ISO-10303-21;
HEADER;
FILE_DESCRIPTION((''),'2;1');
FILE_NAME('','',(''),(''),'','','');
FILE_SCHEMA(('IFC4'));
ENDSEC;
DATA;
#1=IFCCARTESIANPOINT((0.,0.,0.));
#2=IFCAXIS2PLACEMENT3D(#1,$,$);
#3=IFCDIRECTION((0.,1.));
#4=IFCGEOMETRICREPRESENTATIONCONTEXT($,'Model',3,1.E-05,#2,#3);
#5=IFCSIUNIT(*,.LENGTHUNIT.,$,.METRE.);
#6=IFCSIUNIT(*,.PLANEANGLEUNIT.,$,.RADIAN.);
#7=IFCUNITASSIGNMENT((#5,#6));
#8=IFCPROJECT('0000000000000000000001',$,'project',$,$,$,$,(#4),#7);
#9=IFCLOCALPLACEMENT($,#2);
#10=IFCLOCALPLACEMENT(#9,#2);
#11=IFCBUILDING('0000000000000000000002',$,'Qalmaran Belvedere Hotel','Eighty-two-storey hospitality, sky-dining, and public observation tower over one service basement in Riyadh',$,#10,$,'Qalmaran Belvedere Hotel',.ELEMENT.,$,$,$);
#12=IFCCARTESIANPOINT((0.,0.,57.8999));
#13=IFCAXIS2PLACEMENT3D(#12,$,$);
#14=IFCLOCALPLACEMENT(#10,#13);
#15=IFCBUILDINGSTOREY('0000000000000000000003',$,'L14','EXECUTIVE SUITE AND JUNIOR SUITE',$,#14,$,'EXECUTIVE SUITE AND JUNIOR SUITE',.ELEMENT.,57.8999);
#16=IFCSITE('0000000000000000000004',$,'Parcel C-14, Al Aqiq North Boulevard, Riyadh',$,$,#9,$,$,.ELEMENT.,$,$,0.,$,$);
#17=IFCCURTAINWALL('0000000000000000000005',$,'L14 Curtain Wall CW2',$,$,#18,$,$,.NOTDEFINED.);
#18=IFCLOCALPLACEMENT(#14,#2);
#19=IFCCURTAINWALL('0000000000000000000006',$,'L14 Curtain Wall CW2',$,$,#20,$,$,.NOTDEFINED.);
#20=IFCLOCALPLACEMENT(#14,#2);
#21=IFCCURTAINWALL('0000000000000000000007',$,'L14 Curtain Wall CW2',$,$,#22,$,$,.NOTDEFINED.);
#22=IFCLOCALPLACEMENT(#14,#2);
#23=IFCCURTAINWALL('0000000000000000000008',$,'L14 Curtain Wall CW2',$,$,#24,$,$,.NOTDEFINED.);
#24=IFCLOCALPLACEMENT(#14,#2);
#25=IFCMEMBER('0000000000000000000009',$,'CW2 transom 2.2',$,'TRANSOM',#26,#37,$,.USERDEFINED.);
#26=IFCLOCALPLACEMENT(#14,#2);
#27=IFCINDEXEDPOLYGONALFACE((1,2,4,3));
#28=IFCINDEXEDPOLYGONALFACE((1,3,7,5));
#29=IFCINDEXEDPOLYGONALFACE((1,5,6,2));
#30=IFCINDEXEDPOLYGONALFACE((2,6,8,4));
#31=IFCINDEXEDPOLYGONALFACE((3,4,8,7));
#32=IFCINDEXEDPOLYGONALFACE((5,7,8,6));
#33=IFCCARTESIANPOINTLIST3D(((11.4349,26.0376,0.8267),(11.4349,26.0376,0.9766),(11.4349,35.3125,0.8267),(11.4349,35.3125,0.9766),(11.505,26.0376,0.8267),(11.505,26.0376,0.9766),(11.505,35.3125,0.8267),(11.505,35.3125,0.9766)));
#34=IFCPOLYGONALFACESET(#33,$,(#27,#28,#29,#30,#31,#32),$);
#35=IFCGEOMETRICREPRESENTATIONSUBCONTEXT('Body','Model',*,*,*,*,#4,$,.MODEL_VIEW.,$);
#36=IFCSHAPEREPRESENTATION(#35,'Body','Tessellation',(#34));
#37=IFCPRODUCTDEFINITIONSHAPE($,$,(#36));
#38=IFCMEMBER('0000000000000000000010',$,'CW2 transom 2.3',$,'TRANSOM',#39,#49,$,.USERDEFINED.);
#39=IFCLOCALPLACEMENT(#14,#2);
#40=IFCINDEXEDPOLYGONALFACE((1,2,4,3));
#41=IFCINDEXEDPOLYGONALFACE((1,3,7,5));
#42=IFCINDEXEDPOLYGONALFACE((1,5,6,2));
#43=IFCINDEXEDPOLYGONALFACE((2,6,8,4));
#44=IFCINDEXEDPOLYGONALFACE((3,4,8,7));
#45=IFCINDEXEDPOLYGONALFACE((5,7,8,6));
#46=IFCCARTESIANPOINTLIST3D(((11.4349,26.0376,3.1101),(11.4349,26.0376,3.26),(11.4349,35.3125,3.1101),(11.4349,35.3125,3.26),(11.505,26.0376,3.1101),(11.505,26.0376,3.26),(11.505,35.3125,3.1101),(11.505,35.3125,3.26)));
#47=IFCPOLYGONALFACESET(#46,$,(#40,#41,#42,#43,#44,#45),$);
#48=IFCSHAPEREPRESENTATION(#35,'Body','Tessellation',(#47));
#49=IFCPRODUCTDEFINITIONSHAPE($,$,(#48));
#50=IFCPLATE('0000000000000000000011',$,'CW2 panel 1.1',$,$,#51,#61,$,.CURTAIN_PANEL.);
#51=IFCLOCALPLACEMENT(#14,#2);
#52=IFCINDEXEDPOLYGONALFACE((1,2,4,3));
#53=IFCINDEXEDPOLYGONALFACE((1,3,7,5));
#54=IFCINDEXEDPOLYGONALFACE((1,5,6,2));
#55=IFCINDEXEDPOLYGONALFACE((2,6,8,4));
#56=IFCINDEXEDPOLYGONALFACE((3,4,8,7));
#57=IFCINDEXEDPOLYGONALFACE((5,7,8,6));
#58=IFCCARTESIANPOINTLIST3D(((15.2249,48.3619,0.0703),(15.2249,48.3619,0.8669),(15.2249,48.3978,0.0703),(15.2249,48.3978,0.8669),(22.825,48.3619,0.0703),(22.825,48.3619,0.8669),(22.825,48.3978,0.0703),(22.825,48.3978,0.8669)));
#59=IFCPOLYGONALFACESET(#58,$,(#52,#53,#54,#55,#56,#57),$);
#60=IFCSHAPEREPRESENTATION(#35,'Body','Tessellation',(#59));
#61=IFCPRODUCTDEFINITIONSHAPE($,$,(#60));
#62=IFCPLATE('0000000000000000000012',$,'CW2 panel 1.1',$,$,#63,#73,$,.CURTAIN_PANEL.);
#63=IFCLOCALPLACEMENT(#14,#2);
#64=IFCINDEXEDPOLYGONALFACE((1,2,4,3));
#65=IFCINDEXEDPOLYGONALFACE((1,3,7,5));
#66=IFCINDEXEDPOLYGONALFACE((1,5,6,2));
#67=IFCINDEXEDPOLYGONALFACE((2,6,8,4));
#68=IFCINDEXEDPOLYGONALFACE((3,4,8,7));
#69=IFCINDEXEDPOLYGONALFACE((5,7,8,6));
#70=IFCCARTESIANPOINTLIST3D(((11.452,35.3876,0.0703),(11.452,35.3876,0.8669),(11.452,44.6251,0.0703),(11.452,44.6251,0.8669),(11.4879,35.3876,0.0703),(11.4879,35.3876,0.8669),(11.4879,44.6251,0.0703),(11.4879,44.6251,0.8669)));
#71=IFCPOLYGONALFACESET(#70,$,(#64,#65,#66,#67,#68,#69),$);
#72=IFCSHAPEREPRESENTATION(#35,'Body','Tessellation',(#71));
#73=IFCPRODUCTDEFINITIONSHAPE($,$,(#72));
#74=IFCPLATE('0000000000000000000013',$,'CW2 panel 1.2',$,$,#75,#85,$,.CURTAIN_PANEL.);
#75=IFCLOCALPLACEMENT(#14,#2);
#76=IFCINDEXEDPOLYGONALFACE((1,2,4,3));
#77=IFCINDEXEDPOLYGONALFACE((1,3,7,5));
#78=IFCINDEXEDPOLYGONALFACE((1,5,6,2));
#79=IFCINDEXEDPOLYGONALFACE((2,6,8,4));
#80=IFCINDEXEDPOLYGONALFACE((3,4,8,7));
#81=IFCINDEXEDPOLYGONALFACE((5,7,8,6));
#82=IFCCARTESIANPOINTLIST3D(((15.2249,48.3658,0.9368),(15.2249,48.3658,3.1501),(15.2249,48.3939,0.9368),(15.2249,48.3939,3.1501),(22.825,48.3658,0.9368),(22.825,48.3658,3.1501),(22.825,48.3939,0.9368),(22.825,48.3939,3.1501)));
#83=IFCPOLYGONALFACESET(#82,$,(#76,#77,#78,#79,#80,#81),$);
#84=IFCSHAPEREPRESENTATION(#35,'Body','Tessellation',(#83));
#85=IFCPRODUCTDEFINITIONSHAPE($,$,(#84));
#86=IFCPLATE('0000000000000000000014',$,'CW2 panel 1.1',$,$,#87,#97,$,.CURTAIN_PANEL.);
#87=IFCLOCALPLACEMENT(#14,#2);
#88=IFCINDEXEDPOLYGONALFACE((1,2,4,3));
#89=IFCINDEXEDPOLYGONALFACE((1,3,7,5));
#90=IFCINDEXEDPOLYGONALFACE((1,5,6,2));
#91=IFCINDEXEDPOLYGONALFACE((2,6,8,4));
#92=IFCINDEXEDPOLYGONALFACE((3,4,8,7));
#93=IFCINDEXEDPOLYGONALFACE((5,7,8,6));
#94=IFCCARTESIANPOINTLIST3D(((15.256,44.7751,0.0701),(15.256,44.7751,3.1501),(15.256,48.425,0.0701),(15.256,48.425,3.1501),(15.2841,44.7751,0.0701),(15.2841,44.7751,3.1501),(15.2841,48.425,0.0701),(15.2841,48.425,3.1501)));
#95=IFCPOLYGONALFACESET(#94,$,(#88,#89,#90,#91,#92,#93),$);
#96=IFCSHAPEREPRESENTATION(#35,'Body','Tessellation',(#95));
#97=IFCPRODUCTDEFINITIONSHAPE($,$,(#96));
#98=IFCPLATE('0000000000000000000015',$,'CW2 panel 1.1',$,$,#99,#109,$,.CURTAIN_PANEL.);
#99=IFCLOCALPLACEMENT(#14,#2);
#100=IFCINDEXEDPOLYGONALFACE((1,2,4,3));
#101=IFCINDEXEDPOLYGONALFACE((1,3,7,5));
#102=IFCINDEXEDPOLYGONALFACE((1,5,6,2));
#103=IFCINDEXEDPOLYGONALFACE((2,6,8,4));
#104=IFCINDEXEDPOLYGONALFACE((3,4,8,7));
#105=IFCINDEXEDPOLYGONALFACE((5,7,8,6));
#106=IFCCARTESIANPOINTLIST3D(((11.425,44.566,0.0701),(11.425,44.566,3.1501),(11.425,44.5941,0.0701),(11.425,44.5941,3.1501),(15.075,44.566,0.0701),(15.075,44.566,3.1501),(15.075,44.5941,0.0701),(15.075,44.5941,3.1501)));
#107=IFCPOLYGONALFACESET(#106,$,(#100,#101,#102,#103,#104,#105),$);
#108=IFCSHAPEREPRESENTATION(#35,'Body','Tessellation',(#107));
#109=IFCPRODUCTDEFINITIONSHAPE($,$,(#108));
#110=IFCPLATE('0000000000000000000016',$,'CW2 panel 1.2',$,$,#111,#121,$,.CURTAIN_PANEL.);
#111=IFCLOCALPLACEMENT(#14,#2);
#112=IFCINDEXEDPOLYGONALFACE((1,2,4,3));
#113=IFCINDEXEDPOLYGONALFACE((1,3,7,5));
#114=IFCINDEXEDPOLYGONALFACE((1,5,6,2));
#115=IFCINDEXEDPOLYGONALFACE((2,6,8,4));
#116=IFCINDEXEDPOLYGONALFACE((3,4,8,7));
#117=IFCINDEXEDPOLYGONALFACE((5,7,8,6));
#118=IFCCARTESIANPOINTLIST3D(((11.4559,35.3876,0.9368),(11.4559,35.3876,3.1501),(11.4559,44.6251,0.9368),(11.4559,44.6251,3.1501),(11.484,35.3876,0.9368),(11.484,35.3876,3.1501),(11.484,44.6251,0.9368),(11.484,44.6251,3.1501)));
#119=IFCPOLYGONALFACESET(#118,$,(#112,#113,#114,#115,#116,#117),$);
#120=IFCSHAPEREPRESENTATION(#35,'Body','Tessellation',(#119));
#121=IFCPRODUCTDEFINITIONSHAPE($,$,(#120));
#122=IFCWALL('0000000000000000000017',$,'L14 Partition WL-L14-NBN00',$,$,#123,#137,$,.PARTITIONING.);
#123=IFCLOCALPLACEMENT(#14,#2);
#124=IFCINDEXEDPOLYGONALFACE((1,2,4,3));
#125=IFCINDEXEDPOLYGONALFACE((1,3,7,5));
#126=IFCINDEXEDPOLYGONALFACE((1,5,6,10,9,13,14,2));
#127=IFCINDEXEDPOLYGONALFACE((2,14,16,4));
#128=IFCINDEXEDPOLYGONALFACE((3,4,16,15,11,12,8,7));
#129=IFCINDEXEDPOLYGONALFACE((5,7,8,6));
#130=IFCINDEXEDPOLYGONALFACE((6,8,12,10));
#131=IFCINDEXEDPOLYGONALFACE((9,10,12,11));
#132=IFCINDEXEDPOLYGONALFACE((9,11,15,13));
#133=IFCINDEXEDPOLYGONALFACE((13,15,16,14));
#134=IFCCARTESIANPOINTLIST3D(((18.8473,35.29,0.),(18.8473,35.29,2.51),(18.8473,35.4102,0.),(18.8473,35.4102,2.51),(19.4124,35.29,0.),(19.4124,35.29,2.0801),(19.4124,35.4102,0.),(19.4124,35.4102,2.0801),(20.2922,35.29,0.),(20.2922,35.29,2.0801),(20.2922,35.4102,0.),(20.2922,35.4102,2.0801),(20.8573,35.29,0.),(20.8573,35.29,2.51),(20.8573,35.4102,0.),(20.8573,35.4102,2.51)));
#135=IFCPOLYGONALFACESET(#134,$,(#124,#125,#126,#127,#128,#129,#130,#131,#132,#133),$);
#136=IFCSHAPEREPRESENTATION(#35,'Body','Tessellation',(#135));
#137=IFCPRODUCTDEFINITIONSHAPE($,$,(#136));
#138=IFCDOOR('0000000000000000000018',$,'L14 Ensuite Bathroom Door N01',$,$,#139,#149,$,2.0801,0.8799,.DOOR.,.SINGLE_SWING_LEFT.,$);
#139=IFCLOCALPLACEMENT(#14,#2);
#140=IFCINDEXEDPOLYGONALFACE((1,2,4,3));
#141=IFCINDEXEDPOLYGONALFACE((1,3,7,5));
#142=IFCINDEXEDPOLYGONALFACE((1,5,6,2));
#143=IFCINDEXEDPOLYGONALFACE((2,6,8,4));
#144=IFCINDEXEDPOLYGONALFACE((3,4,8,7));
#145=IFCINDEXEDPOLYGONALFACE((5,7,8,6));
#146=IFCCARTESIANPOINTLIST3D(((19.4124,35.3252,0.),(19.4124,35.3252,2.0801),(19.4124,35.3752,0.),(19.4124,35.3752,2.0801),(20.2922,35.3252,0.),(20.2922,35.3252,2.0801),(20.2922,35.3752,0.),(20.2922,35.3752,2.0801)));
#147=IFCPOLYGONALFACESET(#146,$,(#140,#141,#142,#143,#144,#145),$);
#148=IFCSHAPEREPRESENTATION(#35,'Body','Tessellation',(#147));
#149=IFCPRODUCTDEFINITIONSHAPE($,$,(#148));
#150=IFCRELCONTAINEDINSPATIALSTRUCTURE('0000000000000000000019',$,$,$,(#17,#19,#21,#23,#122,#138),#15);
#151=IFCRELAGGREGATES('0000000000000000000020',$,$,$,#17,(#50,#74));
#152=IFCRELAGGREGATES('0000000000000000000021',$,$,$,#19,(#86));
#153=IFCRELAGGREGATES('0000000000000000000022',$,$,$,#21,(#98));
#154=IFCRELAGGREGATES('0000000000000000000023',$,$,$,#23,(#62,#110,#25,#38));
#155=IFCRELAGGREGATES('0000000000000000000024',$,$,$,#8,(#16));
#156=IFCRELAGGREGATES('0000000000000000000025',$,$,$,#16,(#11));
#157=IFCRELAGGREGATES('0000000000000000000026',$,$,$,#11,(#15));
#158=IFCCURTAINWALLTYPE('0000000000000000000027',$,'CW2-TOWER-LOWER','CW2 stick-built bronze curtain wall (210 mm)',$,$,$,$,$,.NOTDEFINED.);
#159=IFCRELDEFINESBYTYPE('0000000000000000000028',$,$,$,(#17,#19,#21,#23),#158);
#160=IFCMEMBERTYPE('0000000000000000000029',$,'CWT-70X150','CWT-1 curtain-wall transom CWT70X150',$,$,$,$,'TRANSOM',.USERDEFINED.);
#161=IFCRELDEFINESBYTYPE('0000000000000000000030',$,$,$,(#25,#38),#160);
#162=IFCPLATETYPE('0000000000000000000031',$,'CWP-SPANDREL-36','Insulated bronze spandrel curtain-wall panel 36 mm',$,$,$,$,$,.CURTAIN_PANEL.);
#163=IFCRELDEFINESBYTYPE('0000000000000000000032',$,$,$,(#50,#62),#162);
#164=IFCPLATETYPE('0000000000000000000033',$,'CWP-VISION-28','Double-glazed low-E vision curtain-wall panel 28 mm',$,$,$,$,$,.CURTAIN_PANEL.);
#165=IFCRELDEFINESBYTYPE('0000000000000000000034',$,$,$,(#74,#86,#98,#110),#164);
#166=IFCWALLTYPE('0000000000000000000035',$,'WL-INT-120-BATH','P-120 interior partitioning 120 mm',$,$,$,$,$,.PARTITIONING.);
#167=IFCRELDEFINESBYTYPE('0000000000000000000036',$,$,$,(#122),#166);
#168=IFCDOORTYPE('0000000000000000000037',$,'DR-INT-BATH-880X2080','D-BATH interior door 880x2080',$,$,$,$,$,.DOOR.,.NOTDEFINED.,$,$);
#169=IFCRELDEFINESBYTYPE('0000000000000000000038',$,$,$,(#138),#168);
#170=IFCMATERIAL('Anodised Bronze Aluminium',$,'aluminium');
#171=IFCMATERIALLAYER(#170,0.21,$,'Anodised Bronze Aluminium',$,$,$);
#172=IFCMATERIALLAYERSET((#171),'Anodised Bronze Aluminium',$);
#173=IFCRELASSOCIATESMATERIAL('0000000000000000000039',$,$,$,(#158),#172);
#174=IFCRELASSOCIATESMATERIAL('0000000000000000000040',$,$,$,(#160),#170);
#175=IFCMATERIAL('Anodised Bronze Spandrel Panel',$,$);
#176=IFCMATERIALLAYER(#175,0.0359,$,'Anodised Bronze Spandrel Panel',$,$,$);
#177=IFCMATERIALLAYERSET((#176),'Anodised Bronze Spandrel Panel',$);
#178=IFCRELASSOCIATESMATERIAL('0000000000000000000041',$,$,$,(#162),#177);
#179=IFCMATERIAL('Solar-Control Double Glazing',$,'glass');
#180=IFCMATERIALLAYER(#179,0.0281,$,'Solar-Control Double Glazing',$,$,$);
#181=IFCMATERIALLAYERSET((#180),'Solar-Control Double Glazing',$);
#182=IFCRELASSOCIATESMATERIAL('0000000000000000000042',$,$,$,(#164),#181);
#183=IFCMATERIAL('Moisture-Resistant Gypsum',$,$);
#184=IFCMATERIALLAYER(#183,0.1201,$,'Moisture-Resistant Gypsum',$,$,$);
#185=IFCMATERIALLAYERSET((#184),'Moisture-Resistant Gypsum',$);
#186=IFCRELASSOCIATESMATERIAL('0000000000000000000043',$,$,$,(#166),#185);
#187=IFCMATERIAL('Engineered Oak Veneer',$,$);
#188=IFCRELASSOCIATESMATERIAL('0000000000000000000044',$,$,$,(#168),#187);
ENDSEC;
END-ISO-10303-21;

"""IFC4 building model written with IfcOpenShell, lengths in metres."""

from ifc_helpers import new_model, si_unit, direction, frame, frame_2d, origin, origin_2d, place, context, subcontext, project, spatial, rectangle, extrude, material, layer, layer_set, material_profile, profile_set, type_object, element, fill, aggregate, save


model = new_model("IFC4")

# Units and contexts
model_context = context("Model", 3, precision=1e-05, world=origin(), true_north=direction((0.0, 1.0)))
body_context = subcontext(model_context, "Body", "Model", "MODEL_VIEW")
ifc_project = project(units=[si_unit("LENGTHUNIT", "METRE"), si_unit("PLANEANGLEUNIT", "RADIAN")], contexts=[model_context])

# Site, building, storey
site_placement = place(None, origin())
site = spatial("IfcSite", under=ifc_project, at=site_placement, Name="Parcel C-14, Al Aqiq North Boulevard, Riyadh", CompositionType="ELEMENT", RefElevation=0.0)
building_placement = place(site_placement, origin())
building = spatial("IfcBuilding", under=site, at=building_placement, Name="Qalmaran Belvedere Hotel", Description="Eighty-two-storey hospitality, sky-dining, and public observation tower over one service basement in Riyadh", LongName="Qalmaran Belvedere Hotel", CompositionType="ELEMENT")
storey_placement = place(building_placement, frame((0.0, 0.0, 57.8999)))
storey = spatial("IfcBuildingStorey", under=building, at=storey_placement, Name="L14", Description="EXECUTIVE SUITE AND JUNIOR SUITE", LongName="EXECUTIVE SUITE AND JUNIOR SUITE", CompositionType="ELEMENT", Elevation=57.8999)

# Curtain wall
ifc_material_1 = material(Name="Anodised Bronze Aluminium", Category="aluminium")
ifc_layer_1 = layer(ifc_material_1, 0.21, Name="Anodised Bronze Aluminium")
ifc_layer_set_1 = layer_set([ifc_layer_1], Name="Anodised Bronze Aluminium")
curtain_wall_type = type_object("IfcCurtainWallType", Name="CW2-TOWER-LOWER", Description="CW2 stick-built bronze curtain wall (210 mm)", PredefinedType="NOTDEFINED", material=ifc_layer_set_1)
curtain_wall_1_placement = place(storey_placement, origin())
curtain_wall_1 = element("IfcCurtainWall", 1, at=curtain_wall_1_placement, inside=storey, type_object=curtain_wall_type, Name="L14 Curtain Wall CW2", PredefinedType="NOTDEFINED")

# Curtain walls
curtain_wall_2_placement = place(storey_placement, origin())
curtain_wall_2 = element("IfcCurtainWall", 2, at=curtain_wall_2_placement, inside=storey, type_object=curtain_wall_type, Name="L14 Curtain Wall CW2", PredefinedType="NOTDEFINED")
curtain_wall_3_placement = place(storey_placement, origin())
curtain_wall_3 = element("IfcCurtainWall", 3, at=curtain_wall_3_placement, inside=storey, type_object=curtain_wall_type, Name="L14 Curtain Wall CW2", PredefinedType="NOTDEFINED")
curtain_wall_4_placement = place(storey_placement, origin())
curtain_wall_4 = element("IfcCurtainWall", 4, at=curtain_wall_4_placement, inside=storey, type_object=curtain_wall_type, Name="L14 Curtain Wall CW2", PredefinedType="NOTDEFINED")

# Members
ifc_material_profile_1 = material_profile(ifc_material_1, rectangle(XDim=0.0701, YDim=0.1499, at=origin_2d()), Name="CWT70X150")
ifc_profile_set_1 = profile_set([ifc_material_profile_1], Name="Anodised Bronze Aluminium")
member_type_1 = type_object("IfcMemberType", Name="CWT-70X150", Description="CWT-1 curtain-wall transom CWT70X150", ElementType="TRANSOM", PredefinedType="USERDEFINED", material=ifc_profile_set_1)
member_1_placement = place(storey_placement, frame((11.47, 35.3125, 0.9016), z_axis=(0.0, -1.0, 0.0), x_axis=(1.0, 0.0, 0.0)))
member_1 = element("IfcMember", 5, at=member_1_placement, type_object=member_type_1, Name="CW2 transom 2.2", ObjectType="TRANSOM", PredefinedType="USERDEFINED", context=body_context, shape_type="SweptSolid", body=[
    extrude(rectangle(XDim=0.0701, YDim=0.1499, at=origin_2d()), origin(), (0.0, 0.0, 1.0), 9.2749),
])
member_2_placement = place(storey_placement, frame((11.47, 35.3125, 3.1851), z_axis=(0.0, -1.0, 0.0), x_axis=(1.0, 0.0, 0.0)))
member_2 = element("IfcMember", 6, at=member_2_placement, type_object=member_type_1, Name="CW2 transom 2.3", ObjectType="TRANSOM", PredefinedType="USERDEFINED", context=body_context, shape_type="SweptSolid", body=[
    extrude(rectangle(XDim=0.0701, YDim=0.1499, at=origin_2d()), origin(), (0.0, 0.0, 1.0), 9.2749),
])

# Plates
ifc_material_2 = material(Name="Anodised Bronze Spandrel Panel")
ifc_layer_2 = layer(ifc_material_2, 0.0359, Name="Anodised Bronze Spandrel Panel")
ifc_layer_set_2 = layer_set([ifc_layer_2], Name="Anodised Bronze Spandrel Panel")
plate_type_1 = type_object("IfcPlateType", Name="CWP-SPANDREL-36", Description="Insulated bronze spandrel curtain-wall panel 36 mm", PredefinedType="CURTAIN_PANEL", material=ifc_layer_set_2)
plate_1_placement = place(storey_placement, frame((19.0249, 48.3799, 0.0703), z_axis=(0.0, 0.0, 1.0), x_axis=(-1.0, 0.0, 0.0)))
plate_1 = element("IfcPlate", 7, at=plate_1_placement, type_object=plate_type_1, Name="CW2 panel 1.1", PredefinedType="CURTAIN_PANEL", context=body_context, shape_type="SweptSolid", body=[
    extrude(rectangle(XDim=7.6001, YDim=0.0359, at=origin_2d()), origin(), (0.0, 0.0, 1.0), 0.7966),
])
plate_2_placement = place(storey_placement, frame((11.47, 40.0063, 0.0703), z_axis=(0.0, 0.0, 1.0), x_axis=(0.0, -1.0, 0.0)))
plate_2 = element("IfcPlate", 8, at=plate_2_placement, type_object=plate_type_1, Name="CW2 panel 1.1", PredefinedType="CURTAIN_PANEL", context=body_context, shape_type="SweptSolid", body=[
    extrude(rectangle(XDim=9.2375, YDim=0.0359, at=origin_2d()), origin(), (0.0, 0.0, 1.0), 0.7966),
])
ifc_material_3 = material(Name="Solar-Control Double Glazing", Category="glass")
ifc_layer_3 = layer(ifc_material_3, 0.0281, Name="Solar-Control Double Glazing")
ifc_layer_set_3 = layer_set([ifc_layer_3], Name="Solar-Control Double Glazing")
plate_type_2 = type_object("IfcPlateType", Name="CWP-VISION-28", Description="Double-glazed low-E vision curtain-wall panel 28 mm", PredefinedType="CURTAIN_PANEL", material=ifc_layer_set_3)
plate_3_placement = place(storey_placement, frame((19.0249, 48.3799, 0.9368), z_axis=(0.0, 0.0, 1.0), x_axis=(-1.0, 0.0, 0.0)))
plate_3 = element("IfcPlate", 9, at=plate_3_placement, type_object=plate_type_2, Name="CW2 panel 1.2", PredefinedType="CURTAIN_PANEL", context=body_context, shape_type="SweptSolid", body=[
    extrude(rectangle(XDim=7.6001, YDim=0.0281, at=origin_2d()), origin(), (0.0, 0.0, 1.0), 2.2134),
])
aggregate(curtain_wall_1, [plate_1, plate_3])
plate_4_placement = place(storey_placement, frame((15.27, 46.6001, 0.0701), z_axis=(0.0, 0.0, 1.0), x_axis=(0.0, -1.0, 0.0)))
plate_4 = element("IfcPlate", 10, at=plate_4_placement, type_object=plate_type_2, Name="CW2 panel 1.1", PredefinedType="CURTAIN_PANEL", context=body_context, shape_type="SweptSolid", body=[
    extrude(rectangle(XDim=3.6499, YDim=0.0281, at=origin_2d()), origin(), (0.0, 0.0, 1.0), 3.0801),
])
aggregate(curtain_wall_2, [plate_4])
plate_5_placement = place(storey_placement, frame((13.25, 44.5801, 0.0701), z_axis=(0.0, 0.0, 1.0), x_axis=(-1.0, 0.0, 0.0)))
plate_5 = element("IfcPlate", 11, at=plate_5_placement, type_object=plate_type_2, Name="CW2 panel 1.1", PredefinedType="CURTAIN_PANEL", context=body_context, shape_type="SweptSolid", body=[
    extrude(rectangle(XDim=3.6499, YDim=0.0281, at=origin_2d()), origin(), (0.0, 0.0, 1.0), 3.0801),
])
aggregate(curtain_wall_3, [plate_5])
plate_6_placement = place(storey_placement, frame((11.47, 40.0063, 0.9368), z_axis=(0.0, 0.0, 1.0), x_axis=(0.0, -1.0, 0.0)))
plate_6 = element("IfcPlate", 12, at=plate_6_placement, type_object=plate_type_2, Name="CW2 panel 1.2", PredefinedType="CURTAIN_PANEL", context=body_context, shape_type="SweptSolid", body=[
    extrude(rectangle(XDim=9.2375, YDim=0.0281, at=origin_2d()), origin(), (0.0, 0.0, 1.0), 2.2134),
])
aggregate(curtain_wall_4, [plate_2, plate_6, member_1, member_2])

# Wall, opening, door
ifc_material_4 = material(Name="Moisture-Resistant Gypsum")
ifc_layer_4 = layer(ifc_material_4, 0.1201, Name="Moisture-Resistant Gypsum")
ifc_layer_set_4 = layer_set([ifc_layer_4], Name="Moisture-Resistant Gypsum")
wall_type = type_object("IfcWallType", Name="WL-INT-120-BATH", Description="P-120 interior partitioning 120 mm", PredefinedType="PARTITIONING", material=ifc_layer_set_4)
wall_placement = place(storey_placement, frame((18.8474, 35.3501, 0.0), z_axis=(0.0, 0.0, 1.0), x_axis=(1.0, 0.0, 0.0)))
wall = element("IfcWall", 13, at=wall_placement, inside=storey, type_object=wall_type, Name="L14 Partition WL-L14-NBN00", PredefinedType="PARTITIONING", context=body_context, shape_type="SweptSolid", body=[
    extrude(rectangle(XDim=2.01, YDim=0.1201, at=frame_2d((1.0049, 0.0))), origin(), (0.0, 0.0, 1.0), 2.51),
])
opening_placement = place(wall_placement, frame((1.4448, 0.0, 0.0), z_axis=(0.0, 0.0, 1.0), x_axis=(-1.0, 0.0, 0.0)))
opening = element("IfcOpeningElement", 14, at=opening_placement, cuts=wall, PredefinedType="OPENING", context=body_context, shape_type="SweptSolid", body=[
    extrude(rectangle(XDim=0.8799, YDim=2.0801, at=frame_2d((0.4399, 1.04))), frame((0.0, 0.0701, 0.0), z_axis=(0.0, -1.0, 0.0), x_axis=(1.0, 0.0, 0.0)), (0.0, 0.0, 1.0), 0.1401),
])
ifc_material_5 = material(Name="Engineered Oak Veneer")
door_type = type_object("IfcDoorType", Name="DR-INT-BATH-880X2080", Description="D-BATH interior door 880x2080", OperationType="NOTDEFINED", PredefinedType="DOOR", material=ifc_material_5)
door_placement = place(opening_placement, origin())
door = element("IfcDoor", 15, at=door_placement, inside=storey, type_object=door_type, Name="L14 Ensuite Bathroom Door N01", OperationType="SINGLE_SWING_LEFT", OverallHeight=2.0801, OverallWidth=0.8799, PredefinedType="DOOR", context=body_context, shape_type="SweptSolid", body=[
    extrude(rectangle(XDim=0.8799, YDim=2.0801, at=frame_2d((0.4399, 1.04))), frame((0.0, 0.0249, 0.0), z_axis=(0.0, -1.0, 0.0), x_axis=(1.0, 0.0, 0.0)), (0.0, 0.0, 1.0), 0.05),
])
fill(opening, door)

save(model, "model.ifc")
